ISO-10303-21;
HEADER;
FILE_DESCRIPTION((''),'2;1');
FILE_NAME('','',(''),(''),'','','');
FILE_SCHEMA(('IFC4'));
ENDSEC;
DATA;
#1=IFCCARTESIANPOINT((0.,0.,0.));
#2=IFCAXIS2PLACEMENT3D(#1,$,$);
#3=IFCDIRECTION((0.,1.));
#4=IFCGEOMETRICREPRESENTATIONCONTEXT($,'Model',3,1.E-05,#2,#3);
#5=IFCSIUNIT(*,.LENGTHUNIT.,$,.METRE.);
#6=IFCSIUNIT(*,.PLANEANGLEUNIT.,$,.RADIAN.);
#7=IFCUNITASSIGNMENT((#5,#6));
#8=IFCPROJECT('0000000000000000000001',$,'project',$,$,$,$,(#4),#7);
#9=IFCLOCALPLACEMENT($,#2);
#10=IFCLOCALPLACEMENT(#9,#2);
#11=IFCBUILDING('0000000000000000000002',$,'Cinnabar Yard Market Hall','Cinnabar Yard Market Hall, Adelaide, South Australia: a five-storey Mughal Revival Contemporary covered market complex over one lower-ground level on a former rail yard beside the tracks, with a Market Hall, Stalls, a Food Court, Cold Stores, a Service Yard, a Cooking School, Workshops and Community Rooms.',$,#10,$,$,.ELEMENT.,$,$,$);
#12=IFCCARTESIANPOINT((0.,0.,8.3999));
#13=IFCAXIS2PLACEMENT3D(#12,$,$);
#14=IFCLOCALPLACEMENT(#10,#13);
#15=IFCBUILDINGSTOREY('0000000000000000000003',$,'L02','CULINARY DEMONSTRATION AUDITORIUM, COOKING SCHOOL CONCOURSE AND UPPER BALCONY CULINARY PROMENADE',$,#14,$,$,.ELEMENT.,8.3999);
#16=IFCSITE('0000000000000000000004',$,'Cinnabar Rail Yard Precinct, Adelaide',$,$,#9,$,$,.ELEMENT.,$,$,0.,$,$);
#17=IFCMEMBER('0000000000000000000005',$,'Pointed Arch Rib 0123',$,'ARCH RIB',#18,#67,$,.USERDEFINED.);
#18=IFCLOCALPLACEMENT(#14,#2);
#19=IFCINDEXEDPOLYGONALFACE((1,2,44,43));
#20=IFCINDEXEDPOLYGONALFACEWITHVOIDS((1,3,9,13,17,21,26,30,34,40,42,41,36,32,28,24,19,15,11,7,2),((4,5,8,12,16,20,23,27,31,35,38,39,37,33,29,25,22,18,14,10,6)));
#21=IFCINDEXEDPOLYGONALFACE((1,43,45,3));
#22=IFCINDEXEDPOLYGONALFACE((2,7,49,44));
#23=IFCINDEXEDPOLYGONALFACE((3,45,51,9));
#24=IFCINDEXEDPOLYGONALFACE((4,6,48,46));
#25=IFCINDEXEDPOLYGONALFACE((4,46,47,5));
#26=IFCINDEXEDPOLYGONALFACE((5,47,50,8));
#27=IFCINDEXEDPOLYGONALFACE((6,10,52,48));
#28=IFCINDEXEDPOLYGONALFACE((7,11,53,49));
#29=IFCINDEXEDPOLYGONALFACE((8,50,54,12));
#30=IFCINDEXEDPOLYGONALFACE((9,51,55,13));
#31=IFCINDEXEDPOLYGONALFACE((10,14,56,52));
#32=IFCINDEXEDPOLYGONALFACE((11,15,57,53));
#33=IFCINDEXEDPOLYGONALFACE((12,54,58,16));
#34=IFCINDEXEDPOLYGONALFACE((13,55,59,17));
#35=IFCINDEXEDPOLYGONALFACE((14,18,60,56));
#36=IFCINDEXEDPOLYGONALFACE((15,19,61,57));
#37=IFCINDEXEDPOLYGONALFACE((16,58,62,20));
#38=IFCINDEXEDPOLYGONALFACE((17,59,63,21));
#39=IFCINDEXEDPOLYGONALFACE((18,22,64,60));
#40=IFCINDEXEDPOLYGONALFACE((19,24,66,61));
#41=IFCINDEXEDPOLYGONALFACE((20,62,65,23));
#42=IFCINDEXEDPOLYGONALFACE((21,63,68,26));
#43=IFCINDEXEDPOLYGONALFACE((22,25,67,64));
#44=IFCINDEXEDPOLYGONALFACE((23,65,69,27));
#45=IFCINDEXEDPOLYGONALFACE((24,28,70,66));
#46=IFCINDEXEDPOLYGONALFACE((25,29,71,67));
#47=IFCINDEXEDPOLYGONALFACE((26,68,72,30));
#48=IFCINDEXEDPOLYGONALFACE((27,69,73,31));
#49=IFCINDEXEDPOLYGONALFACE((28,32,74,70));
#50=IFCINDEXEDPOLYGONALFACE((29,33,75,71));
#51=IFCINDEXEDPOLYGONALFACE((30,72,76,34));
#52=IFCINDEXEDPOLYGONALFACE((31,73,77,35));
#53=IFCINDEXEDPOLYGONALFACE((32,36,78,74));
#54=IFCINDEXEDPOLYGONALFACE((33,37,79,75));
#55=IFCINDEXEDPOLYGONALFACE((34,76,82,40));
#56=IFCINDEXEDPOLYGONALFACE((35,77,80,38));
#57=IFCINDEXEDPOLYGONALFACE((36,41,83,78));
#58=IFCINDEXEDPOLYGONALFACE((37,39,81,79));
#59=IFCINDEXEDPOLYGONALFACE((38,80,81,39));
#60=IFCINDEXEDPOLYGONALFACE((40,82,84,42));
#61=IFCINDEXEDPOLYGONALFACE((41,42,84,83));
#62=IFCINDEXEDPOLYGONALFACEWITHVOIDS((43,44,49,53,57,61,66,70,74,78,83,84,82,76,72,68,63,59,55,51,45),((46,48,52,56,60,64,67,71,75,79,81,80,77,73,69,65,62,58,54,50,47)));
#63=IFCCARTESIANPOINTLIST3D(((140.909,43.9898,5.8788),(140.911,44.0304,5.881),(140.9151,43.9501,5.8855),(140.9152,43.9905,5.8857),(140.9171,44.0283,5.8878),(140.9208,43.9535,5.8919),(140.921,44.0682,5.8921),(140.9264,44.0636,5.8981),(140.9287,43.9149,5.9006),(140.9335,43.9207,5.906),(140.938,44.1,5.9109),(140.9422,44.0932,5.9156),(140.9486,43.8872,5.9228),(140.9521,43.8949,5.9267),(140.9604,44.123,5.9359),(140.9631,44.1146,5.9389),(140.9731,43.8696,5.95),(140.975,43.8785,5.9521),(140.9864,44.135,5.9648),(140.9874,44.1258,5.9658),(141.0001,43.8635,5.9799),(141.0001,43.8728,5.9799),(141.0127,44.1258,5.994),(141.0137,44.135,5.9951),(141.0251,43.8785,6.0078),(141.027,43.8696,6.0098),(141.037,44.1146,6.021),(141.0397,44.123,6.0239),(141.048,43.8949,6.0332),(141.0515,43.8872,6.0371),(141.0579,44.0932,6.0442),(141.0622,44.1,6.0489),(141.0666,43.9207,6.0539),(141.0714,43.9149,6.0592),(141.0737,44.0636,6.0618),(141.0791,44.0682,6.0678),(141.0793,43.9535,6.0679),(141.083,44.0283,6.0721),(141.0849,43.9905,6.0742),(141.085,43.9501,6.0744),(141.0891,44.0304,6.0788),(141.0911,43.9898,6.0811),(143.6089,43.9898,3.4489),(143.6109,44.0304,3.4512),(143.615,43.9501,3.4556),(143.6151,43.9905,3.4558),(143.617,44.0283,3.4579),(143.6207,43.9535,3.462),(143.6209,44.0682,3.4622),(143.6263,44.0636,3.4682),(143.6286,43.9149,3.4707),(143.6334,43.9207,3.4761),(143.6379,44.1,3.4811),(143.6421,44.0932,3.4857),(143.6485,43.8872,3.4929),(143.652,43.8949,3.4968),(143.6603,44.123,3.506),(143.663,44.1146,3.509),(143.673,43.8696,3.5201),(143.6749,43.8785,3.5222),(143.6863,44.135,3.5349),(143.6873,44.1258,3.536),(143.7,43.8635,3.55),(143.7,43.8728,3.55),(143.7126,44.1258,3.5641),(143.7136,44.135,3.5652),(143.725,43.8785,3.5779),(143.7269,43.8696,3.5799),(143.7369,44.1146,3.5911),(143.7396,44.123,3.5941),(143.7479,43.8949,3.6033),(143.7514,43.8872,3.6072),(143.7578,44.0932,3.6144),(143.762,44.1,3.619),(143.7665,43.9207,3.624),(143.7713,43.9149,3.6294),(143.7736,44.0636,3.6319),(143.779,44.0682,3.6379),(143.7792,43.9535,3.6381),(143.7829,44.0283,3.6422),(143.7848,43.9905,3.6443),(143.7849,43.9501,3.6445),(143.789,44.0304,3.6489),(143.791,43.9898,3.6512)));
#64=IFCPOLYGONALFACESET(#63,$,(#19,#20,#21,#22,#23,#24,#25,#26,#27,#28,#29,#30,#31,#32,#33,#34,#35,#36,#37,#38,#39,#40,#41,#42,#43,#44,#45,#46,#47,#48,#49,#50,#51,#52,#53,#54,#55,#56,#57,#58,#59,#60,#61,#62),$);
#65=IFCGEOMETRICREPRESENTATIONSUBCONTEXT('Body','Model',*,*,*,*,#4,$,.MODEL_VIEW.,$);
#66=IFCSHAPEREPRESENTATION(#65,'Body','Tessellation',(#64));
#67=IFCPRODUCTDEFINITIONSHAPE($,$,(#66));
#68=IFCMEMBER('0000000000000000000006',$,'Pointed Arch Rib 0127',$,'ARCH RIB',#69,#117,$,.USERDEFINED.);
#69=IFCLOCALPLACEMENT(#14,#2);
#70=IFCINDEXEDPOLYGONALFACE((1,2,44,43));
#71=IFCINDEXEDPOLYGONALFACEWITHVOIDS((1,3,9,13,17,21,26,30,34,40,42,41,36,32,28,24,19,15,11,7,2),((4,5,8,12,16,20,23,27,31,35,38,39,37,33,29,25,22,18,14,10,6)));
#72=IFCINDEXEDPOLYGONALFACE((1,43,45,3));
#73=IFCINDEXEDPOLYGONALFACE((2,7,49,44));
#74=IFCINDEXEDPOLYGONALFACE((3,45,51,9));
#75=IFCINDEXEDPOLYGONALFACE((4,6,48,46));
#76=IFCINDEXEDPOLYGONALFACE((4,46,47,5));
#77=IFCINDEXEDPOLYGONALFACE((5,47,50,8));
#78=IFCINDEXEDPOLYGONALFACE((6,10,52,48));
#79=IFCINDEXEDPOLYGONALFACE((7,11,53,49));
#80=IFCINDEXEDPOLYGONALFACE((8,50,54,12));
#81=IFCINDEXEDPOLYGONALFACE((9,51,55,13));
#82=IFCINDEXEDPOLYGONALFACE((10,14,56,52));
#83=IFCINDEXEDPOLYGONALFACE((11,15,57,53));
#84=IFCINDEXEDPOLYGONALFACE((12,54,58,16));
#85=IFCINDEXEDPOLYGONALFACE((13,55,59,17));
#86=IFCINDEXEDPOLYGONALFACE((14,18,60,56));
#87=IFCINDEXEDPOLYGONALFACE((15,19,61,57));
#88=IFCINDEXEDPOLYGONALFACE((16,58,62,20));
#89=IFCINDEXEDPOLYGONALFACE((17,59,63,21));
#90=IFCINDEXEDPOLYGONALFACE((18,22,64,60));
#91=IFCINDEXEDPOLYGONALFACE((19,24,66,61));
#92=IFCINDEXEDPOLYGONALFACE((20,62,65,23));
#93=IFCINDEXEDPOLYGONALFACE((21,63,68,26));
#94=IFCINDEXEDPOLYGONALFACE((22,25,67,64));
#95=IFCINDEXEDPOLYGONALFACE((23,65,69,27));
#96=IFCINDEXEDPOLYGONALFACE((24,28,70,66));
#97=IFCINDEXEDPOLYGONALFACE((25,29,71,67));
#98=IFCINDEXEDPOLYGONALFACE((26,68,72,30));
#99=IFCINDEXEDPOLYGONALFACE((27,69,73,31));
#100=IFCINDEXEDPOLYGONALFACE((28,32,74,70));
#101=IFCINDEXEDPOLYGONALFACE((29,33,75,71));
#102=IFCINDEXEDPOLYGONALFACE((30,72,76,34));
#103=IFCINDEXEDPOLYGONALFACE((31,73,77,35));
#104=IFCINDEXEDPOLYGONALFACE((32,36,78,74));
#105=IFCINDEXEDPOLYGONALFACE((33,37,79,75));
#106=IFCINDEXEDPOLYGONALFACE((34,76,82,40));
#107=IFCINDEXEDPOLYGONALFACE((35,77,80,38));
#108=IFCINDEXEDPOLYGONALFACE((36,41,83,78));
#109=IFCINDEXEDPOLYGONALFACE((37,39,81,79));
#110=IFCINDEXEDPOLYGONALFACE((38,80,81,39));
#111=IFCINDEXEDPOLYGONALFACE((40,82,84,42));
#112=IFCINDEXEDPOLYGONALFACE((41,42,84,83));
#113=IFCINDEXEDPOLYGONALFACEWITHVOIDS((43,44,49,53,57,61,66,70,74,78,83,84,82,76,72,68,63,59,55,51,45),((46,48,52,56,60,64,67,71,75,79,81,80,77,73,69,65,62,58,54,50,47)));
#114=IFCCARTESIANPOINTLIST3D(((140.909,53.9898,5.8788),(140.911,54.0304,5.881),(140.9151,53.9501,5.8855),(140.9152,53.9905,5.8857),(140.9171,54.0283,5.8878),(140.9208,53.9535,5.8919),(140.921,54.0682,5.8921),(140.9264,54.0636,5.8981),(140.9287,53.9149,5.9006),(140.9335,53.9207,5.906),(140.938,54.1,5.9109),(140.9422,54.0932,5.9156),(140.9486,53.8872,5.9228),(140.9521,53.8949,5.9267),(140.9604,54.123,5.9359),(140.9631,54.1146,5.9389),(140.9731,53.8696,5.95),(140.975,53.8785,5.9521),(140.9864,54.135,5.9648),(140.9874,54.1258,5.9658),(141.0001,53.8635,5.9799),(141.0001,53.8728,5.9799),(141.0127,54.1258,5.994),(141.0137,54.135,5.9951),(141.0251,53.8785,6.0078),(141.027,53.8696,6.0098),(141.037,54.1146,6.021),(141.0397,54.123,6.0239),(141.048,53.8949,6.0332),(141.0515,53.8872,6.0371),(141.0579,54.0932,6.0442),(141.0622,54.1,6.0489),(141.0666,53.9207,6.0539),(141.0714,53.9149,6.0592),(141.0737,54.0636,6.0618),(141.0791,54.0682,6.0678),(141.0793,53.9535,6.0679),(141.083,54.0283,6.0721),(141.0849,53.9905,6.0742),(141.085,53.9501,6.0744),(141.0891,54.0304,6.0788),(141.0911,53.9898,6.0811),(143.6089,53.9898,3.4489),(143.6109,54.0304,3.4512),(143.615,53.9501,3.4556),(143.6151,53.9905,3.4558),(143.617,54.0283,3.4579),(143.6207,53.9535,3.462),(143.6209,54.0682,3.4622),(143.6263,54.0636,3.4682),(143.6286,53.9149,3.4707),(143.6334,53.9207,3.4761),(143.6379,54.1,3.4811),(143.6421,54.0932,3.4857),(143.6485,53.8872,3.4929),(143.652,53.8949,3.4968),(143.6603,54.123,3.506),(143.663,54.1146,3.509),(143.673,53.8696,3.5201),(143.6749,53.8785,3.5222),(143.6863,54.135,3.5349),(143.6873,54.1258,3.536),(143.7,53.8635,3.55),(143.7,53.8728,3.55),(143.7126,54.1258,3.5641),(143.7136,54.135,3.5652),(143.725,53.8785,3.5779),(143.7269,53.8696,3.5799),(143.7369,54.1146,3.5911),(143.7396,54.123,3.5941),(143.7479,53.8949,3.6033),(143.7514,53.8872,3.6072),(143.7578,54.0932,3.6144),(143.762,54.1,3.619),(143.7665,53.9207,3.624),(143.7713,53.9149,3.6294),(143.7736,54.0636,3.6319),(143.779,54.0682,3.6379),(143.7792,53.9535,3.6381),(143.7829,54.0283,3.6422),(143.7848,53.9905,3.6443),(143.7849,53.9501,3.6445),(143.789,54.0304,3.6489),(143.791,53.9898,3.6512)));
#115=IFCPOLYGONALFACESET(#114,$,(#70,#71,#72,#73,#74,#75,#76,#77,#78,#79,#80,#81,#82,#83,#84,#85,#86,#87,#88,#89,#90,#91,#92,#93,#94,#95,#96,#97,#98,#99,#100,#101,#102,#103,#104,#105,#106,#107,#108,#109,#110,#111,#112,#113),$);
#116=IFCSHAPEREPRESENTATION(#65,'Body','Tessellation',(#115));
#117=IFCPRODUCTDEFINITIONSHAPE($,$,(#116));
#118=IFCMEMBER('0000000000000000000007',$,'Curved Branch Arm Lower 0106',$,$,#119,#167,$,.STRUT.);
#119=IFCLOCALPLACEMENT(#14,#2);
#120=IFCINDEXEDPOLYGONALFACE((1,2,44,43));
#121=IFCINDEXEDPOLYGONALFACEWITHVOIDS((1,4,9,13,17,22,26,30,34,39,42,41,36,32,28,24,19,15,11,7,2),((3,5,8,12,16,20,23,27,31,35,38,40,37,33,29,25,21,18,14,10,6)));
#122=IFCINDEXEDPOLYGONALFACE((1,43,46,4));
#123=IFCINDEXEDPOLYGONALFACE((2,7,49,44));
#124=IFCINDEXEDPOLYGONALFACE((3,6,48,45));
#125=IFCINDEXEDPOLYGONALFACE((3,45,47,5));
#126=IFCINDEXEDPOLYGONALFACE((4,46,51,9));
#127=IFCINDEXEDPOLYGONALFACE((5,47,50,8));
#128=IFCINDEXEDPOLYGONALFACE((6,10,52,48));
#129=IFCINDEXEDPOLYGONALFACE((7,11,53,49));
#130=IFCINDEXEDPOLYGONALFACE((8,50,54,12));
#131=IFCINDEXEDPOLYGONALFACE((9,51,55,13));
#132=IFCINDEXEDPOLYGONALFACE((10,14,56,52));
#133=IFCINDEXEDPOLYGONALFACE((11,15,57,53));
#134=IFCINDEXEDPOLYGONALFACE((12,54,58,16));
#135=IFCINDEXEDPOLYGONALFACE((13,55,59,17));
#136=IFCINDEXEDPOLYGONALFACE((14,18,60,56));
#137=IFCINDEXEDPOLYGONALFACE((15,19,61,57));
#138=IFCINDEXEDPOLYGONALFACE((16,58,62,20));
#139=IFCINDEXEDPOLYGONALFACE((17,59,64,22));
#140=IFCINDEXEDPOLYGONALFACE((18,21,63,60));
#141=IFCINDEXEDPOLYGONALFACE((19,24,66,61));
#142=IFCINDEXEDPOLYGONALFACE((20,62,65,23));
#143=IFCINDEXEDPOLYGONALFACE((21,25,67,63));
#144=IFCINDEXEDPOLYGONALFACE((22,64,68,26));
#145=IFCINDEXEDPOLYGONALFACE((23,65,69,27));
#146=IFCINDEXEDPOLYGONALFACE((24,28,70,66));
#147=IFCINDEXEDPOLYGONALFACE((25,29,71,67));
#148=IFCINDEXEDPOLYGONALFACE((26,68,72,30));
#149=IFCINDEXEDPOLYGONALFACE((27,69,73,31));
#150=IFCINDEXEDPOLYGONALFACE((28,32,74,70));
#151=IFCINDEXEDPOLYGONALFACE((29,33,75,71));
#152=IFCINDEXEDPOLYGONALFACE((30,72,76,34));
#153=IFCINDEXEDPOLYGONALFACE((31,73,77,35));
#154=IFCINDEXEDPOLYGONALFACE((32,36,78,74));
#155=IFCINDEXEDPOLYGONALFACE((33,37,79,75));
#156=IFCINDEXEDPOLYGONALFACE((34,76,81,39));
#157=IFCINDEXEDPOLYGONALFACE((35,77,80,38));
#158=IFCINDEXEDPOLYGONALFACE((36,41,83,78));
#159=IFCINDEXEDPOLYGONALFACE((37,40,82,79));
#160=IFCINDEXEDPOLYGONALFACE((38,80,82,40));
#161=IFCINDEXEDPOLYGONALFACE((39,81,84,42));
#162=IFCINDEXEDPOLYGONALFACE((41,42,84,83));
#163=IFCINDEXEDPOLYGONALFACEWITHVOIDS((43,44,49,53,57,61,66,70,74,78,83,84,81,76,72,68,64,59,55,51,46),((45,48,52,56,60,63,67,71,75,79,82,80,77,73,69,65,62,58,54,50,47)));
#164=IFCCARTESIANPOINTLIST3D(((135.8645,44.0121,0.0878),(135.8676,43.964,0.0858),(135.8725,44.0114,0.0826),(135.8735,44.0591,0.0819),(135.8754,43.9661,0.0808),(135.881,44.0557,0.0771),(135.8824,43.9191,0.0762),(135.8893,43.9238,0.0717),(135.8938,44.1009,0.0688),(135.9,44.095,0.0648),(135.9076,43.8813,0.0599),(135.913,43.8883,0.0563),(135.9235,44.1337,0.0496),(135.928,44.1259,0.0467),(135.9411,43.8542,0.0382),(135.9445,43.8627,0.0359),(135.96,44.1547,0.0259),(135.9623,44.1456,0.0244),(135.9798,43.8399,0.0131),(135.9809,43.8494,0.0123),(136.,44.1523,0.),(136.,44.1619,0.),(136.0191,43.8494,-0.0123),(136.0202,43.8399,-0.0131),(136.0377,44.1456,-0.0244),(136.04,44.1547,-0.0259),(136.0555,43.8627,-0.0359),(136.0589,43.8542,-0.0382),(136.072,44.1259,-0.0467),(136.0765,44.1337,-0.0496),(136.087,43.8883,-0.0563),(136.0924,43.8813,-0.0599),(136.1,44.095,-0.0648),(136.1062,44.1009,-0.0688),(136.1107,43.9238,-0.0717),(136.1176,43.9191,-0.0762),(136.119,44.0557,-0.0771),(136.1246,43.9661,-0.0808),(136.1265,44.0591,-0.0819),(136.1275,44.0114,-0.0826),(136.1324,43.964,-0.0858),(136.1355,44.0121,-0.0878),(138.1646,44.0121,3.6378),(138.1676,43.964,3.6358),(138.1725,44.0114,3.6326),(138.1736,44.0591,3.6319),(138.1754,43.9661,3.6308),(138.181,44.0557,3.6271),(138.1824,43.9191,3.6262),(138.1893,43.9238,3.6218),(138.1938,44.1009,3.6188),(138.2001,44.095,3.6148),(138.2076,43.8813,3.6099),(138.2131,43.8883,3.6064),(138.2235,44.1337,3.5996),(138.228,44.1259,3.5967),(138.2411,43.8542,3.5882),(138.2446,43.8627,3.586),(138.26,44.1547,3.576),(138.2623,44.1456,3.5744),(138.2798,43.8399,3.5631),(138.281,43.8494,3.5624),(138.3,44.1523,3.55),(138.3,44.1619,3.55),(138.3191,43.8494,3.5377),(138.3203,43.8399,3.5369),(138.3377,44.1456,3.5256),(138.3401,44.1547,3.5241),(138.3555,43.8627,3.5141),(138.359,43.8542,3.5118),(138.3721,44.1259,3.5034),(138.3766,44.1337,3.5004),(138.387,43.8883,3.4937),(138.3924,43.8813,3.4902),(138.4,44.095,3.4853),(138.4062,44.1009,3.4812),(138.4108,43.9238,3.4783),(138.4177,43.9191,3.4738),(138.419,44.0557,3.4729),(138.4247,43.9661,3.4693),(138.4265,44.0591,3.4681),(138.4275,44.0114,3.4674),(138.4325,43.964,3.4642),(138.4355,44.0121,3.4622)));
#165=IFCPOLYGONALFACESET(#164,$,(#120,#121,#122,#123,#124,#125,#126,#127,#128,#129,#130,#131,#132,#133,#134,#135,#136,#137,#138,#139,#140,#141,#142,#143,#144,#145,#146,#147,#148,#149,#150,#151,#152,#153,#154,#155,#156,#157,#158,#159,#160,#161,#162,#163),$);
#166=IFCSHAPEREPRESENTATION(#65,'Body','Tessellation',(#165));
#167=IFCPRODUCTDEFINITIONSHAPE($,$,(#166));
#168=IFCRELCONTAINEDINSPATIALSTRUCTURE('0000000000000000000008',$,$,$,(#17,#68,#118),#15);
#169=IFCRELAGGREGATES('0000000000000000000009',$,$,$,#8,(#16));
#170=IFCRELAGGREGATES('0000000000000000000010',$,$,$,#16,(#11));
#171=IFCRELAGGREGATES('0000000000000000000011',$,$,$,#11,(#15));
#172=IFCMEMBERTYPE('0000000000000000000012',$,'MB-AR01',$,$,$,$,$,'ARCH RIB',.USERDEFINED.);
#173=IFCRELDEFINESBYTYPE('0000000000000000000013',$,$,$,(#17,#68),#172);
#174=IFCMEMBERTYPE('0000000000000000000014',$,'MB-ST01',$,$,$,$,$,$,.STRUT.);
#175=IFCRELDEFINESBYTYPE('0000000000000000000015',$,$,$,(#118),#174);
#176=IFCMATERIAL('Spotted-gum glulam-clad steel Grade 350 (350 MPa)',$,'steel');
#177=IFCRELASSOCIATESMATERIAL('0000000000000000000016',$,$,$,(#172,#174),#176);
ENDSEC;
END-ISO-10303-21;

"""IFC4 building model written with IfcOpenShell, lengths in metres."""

from ifc_helpers import new_model, si_unit, direction, frame, origin, origin_2d_with_axis, place, context, subcontext, project, spatial, hollow_circle, extrude, material, material_profile, profile_set, type_object, element, save


model = new_model("IFC4")

# Units and contexts
model_context = context("Model", 3, precision=1e-05, world=origin(), true_north=direction((0.0, 1.0)))
body_context = subcontext(model_context, "Body", "Model", "MODEL_VIEW")
ifc_project = project(units=[si_unit("LENGTHUNIT", "METRE"), si_unit("PLANEANGLEUNIT", "RADIAN")], contexts=[model_context])

# Site, building, storey
site_placement = place(None, origin())
site = spatial("IfcSite", under=ifc_project, at=site_placement, Name="Cinnabar Rail Yard Precinct, Adelaide", CompositionType="ELEMENT", RefElevation=0.0)
building_placement = place(site_placement, origin())
building = spatial("IfcBuilding", under=site, at=building_placement, Name="Cinnabar Yard Market Hall", Description="Cinnabar Yard Market Hall, Adelaide, South Australia: a five-storey Mughal Revival Contemporary covered market complex over one lower-ground level on a former rail yard beside the tracks, with a Market Hall, Stalls, a Food Court, Cold Stores, a Service Yard, a Cooking School, Workshops and Community Rooms.", CompositionType="ELEMENT")
storey_placement = place(building_placement, frame((0.0, 0.0, 8.3999)))
storey = spatial("IfcBuildingStorey", under=building, at=storey_placement, Name="L02", Description="CULINARY DEMONSTRATION AUDITORIUM, COOKING SCHOOL CONCOURSE AND UPPER BALCONY CULINARY PROMENADE", CompositionType="ELEMENT", Elevation=8.3999)

# Shared definitions
ifc_material_1 = material(Name="Spotted-gum glulam-clad steel Grade 350 (350 MPa)", Category="steel")

# Members
ifc_material_profile_1 = material_profile(ifc_material_1, hollow_circle(Radius=0.1365, WallThickness=0.0093, at=origin_2d_with_axis()), Name="273.1x9.3CHS")
ifc_profile_set_1 = profile_set([ifc_material_profile_1], Name="Spotted-gum glulam-clad steel Grade 350 (350 MPa)")
member_type_1 = type_object("IfcMemberType", Name="MB-AR01", ElementType="ARCH RIB", PredefinedType="USERDEFINED", material=ifc_profile_set_1)
for number, where, z_axis, x_axis, name in (
    (1, (143.7, 44.0, 3.55), (-0.743297, 0.0, 0.668961), (0.0, -1.0, 0.0), "Pointed Arch Rib 0123"),
    (2, (143.7, 54.0, 3.55), (-0.743297, 0.0, 0.668961), (0.0, -1.0, 0.0), "Pointed Arch Rib 0127"),
):
    element("IfcMember", number, at=place(storey_placement, frame(where, z_axis=z_axis, x_axis=x_axis)), inside=storey, type_object=member_type_1, Name=name, ObjectType="ARCH RIB", PredefinedType="USERDEFINED", context=body_context, shape_type="SweptSolid", body=[
        extrude(hollow_circle(Radius=0.1365, WallThickness=0.0093, at=origin_2d_with_axis()), origin(), (0.0, 0.0, 1.0), 3.6323),
    ])
ifc_material_profile_2 = material_profile(ifc_material_1, hollow_circle(Radius=0.1619, WallThickness=0.0095, at=origin_2d_with_axis()), Name="323.9x9.5CHS")
ifc_profile_set_2 = profile_set([ifc_material_profile_2], Name="Spotted-gum glulam-clad steel Grade 350 (350 MPa)")
member_type_2 = type_object("IfcMemberType", Name="MB-ST01", PredefinedType="STRUT", material=ifc_profile_set_2)
for number, where, z_axis, x_axis, name in (
    (3, (136.0, 44.0, 0.0), (0.543744, 0.0, 0.839251), (0.0, 1.0, 0.0), "Curved Branch Arm Lower 0106"),
):
    element("IfcMember", number, at=place(storey_placement, frame(where, z_axis=z_axis, x_axis=x_axis)), inside=storey, type_object=member_type_2, Name=name, PredefinedType="STRUT", context=body_context, shape_type="SweptSolid", body=[
        extrude(hollow_circle(Radius=0.1619, WallThickness=0.0095, at=origin_2d_with_axis()), origin(), (0.0, 0.0, 1.0), 4.23),
    ])

save(model, "model.ifc")
